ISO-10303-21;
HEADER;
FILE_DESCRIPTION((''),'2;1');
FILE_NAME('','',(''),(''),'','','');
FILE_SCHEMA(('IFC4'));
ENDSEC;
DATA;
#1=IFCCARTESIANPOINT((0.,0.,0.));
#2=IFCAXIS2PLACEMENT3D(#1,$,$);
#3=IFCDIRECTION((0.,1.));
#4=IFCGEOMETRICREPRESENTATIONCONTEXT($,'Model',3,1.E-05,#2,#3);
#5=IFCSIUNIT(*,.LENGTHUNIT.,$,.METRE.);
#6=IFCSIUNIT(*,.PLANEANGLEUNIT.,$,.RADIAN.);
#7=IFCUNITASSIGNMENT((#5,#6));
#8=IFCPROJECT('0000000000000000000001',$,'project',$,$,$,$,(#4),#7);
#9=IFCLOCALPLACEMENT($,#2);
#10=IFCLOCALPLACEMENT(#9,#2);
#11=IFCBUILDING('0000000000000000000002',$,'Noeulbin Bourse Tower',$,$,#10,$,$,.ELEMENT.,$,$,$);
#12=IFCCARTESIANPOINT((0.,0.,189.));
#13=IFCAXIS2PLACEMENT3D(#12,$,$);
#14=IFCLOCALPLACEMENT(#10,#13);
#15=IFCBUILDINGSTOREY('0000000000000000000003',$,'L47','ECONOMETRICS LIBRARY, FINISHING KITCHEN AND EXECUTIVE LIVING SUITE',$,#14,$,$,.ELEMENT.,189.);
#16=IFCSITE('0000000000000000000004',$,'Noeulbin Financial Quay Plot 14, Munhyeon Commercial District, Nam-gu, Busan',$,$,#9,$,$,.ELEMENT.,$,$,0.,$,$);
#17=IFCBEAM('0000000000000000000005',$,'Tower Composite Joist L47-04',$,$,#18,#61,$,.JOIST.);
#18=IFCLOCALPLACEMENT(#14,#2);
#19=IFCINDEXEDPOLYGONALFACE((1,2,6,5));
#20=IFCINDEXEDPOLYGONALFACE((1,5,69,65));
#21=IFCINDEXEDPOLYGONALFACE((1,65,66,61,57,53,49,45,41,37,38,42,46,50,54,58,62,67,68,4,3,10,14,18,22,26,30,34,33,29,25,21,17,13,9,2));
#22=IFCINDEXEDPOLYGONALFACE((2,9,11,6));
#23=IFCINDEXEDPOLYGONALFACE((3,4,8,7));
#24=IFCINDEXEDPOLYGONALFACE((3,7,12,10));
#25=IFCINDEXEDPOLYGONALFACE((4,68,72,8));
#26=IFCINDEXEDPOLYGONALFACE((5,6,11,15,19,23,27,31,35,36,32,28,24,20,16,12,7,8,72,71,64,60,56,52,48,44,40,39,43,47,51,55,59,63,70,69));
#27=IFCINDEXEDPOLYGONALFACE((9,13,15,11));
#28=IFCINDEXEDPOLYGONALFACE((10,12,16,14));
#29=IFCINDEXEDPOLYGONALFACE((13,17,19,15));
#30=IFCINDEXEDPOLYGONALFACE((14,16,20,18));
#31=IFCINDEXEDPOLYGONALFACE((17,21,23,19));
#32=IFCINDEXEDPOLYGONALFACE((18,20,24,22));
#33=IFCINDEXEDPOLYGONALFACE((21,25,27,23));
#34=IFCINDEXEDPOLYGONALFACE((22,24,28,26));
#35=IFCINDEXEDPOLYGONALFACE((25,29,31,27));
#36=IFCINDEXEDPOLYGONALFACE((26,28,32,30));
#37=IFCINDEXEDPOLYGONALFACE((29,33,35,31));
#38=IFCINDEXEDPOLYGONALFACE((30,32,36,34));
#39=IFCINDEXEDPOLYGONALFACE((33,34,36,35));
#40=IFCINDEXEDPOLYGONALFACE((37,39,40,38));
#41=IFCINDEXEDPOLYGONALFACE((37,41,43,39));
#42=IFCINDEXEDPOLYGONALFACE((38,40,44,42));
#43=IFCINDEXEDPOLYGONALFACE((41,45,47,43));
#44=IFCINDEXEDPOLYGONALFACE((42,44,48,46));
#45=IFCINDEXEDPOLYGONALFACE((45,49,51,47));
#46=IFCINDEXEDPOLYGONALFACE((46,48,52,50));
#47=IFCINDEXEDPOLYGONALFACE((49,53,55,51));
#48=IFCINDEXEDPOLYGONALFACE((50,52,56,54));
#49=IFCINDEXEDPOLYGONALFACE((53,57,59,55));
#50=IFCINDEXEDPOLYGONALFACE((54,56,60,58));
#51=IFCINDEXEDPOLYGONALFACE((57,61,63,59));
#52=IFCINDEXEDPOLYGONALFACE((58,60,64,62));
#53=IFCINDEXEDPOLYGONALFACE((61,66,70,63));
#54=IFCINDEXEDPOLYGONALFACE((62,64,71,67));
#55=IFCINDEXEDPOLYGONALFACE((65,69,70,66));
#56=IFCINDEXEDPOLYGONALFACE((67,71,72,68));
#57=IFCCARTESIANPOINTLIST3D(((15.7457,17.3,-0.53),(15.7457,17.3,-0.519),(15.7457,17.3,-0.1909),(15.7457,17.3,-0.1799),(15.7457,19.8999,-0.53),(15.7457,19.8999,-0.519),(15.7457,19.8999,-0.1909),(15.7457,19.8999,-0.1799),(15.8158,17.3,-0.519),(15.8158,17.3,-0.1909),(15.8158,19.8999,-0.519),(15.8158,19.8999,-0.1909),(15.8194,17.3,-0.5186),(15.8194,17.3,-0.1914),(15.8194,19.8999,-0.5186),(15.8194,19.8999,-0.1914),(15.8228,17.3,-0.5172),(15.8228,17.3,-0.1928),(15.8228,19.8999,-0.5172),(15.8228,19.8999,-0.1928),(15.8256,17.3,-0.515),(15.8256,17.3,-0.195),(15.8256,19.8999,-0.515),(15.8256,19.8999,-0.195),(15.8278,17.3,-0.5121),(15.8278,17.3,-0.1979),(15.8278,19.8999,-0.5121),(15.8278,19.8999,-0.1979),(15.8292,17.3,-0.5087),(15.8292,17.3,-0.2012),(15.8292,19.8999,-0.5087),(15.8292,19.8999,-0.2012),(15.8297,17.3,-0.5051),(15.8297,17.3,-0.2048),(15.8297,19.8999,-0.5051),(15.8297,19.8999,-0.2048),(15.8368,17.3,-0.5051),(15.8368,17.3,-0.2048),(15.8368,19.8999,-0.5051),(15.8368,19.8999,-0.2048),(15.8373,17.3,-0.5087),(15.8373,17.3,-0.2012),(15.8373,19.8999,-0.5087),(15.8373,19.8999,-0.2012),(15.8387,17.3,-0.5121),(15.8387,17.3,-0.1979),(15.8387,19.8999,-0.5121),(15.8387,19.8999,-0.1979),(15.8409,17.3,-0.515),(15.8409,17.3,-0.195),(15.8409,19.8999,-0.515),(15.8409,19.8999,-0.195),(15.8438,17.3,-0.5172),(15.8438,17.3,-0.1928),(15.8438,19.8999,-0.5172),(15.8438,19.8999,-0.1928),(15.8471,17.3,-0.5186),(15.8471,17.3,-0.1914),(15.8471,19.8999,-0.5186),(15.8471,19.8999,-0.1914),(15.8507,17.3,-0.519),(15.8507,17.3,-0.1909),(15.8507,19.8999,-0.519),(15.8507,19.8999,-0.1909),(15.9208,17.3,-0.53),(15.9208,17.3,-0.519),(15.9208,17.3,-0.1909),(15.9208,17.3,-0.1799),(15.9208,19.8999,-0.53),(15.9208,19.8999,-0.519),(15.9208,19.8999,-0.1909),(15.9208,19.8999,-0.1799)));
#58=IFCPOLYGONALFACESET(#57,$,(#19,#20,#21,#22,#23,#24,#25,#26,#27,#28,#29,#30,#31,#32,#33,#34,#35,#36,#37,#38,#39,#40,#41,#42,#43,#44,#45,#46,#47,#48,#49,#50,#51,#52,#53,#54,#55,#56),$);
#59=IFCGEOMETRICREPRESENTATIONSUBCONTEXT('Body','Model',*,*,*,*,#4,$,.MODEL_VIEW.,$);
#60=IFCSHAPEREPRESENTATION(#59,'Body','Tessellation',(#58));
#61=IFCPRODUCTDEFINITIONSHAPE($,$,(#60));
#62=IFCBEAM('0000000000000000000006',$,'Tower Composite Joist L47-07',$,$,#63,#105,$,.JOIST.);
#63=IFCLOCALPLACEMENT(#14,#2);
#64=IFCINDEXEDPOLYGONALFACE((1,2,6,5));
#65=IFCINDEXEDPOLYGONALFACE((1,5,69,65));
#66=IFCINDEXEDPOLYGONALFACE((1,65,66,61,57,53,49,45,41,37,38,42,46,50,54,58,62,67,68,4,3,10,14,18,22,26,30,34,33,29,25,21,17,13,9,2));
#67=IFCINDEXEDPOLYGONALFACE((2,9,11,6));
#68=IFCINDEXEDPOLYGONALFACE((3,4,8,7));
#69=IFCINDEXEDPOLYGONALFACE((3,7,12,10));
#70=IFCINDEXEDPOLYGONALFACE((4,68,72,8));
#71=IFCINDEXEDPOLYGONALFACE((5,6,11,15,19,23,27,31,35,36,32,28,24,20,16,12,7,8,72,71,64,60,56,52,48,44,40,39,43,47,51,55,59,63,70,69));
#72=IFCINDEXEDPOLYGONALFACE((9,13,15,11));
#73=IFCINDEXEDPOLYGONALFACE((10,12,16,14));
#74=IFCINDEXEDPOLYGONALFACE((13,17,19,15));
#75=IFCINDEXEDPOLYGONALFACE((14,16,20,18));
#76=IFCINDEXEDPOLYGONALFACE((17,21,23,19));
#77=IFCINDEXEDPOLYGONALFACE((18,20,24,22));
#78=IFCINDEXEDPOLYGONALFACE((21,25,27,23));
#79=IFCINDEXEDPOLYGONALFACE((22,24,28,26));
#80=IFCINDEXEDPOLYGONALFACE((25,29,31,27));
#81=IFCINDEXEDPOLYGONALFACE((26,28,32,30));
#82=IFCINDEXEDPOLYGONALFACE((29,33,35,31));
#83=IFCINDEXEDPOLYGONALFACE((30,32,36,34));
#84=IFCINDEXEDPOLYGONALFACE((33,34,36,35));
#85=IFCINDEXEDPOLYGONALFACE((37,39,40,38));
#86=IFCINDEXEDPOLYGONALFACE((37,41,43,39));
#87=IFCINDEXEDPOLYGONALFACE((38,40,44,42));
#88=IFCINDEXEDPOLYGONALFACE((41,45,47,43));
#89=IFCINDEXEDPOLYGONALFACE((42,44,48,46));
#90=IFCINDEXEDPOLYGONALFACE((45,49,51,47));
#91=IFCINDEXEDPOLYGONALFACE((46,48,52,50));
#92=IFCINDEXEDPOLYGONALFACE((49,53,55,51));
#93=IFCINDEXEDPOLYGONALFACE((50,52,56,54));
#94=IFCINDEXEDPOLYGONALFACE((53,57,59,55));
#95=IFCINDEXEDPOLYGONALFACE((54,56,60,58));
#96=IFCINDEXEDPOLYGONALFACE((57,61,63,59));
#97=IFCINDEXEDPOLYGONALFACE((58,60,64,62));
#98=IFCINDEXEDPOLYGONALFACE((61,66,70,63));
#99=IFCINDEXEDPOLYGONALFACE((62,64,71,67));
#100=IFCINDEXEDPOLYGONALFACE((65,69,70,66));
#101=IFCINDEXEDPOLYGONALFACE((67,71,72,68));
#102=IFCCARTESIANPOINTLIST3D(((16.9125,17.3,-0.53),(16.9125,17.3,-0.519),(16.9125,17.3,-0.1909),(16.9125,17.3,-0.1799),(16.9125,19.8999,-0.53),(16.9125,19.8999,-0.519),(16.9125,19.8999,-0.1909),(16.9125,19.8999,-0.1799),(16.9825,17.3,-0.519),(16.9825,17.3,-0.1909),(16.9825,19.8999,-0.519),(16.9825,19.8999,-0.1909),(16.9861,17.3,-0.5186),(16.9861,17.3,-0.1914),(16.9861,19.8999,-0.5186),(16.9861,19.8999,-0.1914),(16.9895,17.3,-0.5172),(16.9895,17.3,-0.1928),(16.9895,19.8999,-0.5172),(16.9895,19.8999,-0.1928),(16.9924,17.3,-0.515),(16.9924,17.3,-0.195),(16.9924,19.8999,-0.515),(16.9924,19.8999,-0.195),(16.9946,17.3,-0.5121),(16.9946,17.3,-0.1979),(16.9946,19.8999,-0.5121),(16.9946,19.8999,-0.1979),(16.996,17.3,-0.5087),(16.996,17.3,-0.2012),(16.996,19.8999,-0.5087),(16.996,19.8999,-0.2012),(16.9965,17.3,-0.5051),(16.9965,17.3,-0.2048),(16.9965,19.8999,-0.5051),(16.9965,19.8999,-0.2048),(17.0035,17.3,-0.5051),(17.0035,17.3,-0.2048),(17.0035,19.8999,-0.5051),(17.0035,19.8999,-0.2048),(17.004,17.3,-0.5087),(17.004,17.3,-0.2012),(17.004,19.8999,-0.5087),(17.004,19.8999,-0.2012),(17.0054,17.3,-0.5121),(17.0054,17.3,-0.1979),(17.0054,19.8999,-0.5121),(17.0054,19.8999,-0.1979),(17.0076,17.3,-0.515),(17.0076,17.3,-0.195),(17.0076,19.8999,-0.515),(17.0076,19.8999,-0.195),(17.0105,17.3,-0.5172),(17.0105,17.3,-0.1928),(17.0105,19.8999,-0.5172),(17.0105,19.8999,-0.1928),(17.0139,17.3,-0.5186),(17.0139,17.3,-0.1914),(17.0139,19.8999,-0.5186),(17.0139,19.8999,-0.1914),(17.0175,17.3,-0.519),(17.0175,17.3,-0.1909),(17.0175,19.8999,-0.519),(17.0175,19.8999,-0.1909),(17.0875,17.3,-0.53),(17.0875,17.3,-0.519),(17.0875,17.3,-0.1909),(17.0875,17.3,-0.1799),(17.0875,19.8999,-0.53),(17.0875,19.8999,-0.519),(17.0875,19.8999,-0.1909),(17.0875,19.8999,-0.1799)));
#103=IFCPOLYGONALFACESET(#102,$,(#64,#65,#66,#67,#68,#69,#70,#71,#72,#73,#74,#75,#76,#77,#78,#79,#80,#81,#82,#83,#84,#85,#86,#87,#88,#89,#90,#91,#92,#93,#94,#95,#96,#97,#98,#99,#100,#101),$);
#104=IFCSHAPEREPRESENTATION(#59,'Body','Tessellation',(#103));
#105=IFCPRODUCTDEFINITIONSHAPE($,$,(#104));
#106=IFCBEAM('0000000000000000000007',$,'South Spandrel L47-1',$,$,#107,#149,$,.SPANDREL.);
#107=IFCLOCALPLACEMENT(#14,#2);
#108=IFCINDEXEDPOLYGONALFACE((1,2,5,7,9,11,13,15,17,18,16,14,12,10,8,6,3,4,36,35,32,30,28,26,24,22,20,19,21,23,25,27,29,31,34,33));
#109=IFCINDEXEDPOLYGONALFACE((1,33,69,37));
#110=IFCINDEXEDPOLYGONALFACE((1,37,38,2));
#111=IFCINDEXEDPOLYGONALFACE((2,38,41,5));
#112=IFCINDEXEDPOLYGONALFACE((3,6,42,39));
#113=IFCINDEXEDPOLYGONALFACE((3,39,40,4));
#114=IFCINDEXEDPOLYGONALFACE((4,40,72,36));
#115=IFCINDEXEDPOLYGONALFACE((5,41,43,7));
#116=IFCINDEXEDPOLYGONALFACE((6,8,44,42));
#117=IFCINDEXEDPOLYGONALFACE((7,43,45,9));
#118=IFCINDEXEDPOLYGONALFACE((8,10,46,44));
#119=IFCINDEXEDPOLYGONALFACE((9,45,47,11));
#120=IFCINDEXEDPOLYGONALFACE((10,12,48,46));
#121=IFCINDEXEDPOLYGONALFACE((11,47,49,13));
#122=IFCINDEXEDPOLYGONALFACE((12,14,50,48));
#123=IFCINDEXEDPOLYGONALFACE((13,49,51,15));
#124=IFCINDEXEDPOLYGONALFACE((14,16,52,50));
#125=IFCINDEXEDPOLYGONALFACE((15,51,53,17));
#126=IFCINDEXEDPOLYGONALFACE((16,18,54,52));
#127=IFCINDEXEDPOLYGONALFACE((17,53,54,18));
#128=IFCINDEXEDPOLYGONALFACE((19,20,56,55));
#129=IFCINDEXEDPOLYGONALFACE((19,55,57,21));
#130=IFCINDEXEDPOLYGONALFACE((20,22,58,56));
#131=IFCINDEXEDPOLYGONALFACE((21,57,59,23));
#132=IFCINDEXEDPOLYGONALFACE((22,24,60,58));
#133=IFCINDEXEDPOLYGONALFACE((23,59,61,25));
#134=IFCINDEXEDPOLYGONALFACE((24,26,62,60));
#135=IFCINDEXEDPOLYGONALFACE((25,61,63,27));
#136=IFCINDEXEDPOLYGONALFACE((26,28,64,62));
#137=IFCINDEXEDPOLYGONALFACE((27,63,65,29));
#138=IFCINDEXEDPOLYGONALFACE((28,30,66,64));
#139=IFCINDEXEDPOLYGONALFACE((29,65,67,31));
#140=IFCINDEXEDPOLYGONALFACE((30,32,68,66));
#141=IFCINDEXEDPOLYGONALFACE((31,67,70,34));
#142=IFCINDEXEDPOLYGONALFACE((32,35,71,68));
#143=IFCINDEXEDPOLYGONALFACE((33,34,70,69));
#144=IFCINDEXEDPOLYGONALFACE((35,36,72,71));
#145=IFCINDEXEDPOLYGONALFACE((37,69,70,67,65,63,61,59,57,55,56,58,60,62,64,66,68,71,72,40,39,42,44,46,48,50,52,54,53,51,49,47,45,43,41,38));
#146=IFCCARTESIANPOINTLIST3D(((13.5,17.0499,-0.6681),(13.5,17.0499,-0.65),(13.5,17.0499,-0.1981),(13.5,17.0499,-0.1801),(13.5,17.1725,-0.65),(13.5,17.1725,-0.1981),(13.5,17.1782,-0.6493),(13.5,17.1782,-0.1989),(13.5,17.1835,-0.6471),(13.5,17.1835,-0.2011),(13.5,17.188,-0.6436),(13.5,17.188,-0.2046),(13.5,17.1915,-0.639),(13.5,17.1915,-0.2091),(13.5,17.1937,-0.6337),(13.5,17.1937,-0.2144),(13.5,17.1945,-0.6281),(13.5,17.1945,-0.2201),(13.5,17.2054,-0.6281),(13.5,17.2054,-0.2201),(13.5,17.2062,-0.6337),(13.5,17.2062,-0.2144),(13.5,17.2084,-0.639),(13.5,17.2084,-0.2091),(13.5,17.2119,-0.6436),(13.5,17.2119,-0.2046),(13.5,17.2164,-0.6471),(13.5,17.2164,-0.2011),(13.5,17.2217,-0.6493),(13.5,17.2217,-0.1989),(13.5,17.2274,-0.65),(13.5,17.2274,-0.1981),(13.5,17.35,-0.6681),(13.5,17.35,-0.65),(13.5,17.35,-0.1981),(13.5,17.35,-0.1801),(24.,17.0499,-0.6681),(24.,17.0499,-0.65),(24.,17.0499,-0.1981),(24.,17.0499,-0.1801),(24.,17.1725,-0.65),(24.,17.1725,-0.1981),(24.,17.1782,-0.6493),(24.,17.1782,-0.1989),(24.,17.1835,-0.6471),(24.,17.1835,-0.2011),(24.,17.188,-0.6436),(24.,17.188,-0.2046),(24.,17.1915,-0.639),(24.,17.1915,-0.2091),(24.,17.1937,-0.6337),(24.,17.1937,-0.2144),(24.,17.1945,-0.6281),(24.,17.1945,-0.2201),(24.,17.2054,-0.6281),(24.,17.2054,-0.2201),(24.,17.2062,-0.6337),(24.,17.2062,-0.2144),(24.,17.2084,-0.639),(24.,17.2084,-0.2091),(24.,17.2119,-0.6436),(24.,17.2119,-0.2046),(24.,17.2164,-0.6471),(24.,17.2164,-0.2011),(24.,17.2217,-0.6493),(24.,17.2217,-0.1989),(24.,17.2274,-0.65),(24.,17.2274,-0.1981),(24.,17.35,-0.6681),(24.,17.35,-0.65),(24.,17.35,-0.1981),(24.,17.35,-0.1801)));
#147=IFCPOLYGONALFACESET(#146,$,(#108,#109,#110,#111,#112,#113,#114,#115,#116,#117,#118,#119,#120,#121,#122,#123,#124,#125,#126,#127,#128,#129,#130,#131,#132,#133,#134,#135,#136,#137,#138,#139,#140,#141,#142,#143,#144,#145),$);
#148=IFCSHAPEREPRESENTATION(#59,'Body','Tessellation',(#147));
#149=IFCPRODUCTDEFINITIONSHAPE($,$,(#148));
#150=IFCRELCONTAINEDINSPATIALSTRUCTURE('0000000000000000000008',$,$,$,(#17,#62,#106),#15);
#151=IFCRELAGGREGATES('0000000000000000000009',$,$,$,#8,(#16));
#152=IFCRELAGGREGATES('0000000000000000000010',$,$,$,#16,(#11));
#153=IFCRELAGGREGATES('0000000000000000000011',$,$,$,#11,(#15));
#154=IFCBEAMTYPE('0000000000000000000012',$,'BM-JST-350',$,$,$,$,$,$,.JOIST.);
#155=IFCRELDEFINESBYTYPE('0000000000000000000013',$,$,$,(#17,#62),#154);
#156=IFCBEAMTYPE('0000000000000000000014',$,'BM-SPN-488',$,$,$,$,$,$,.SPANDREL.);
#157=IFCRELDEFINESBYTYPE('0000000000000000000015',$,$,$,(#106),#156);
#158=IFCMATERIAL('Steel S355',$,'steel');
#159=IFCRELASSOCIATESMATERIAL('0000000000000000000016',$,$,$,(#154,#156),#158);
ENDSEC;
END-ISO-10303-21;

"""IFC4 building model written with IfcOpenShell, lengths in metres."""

from ifc_helpers import new_model, si_unit, direction, frame, origin, origin_2d, place, context, subcontext, project, spatial, i_section, extrude, material, material_profile, profile_set, type_object, element, save


model = new_model("IFC4")

# Units and contexts
model_context = context("Model", 3, precision=1e-05, world=origin(), true_north=direction((0.0, 1.0)))
body_context = subcontext(model_context, "Body", "Model", "MODEL_VIEW")
ifc_project = project(units=[si_unit("LENGTHUNIT", "METRE"), si_unit("PLANEANGLEUNIT", "RADIAN")], contexts=[model_context])

# Site, building, storey
site_placement = place(None, origin())
site = spatial("IfcSite", under=ifc_project, at=site_placement, Name="Noeulbin Financial Quay Plot 14, Munhyeon Commercial District, Nam-gu, Busan", CompositionType="ELEMENT", RefElevation=0.0)
building_placement = place(site_placement, origin())
building = spatial("IfcBuilding", under=site, at=building_placement, Name="Noeulbin Bourse Tower", CompositionType="ELEMENT")
storey_placement = place(building_placement, frame((0.0, 0.0, 189.0)))
storey = spatial("IfcBuildingStorey", under=building, at=storey_placement, Name="L47", Description="ECONOMETRICS LIBRARY, FINISHING KITCHEN AND EXECUTIVE LIVING SUITE", CompositionType="ELEMENT", Elevation=189.0)

# Shared definitions
ifc_material_1 = material(Name="Steel S355", Category="steel")

# Beams
ifc_material_profile_1 = material_profile(ifc_material_1, i_section(OverallWidth=0.175, OverallDepth=0.3501, WebThickness=0.0071, FlangeThickness=0.011, FilletRadius=0.0139, at=origin_2d()), Name="H-350x175x7x11", Category="LoadBearing")
ifc_profile_set_1 = profile_set([ifc_material_profile_1], Name="Steel S355")
beam_type_1 = type_object("IfcBeamType", Name="BM-JST-350", PredefinedType="JOIST", material=ifc_profile_set_1)
for number, where, z_axis, x_axis, name in (
    (1, (15.8333, 17.3, -0.355), (0.0, 1.0, 0.0), (-1.0, 0.0, 0.0), "Tower Composite Joist L47-04"),
    (2, (17.0, 17.3, -0.355), (0.0, 1.0, 0.0), (-1.0, 0.0, 0.0), "Tower Composite Joist L47-07"),
):
    element("IfcBeam", number, at=place(storey_placement, frame(where, z_axis=z_axis, x_axis=x_axis)), inside=storey, type_object=beam_type_1, Name=name, PredefinedType="JOIST", context=body_context, shape_type="SweptSolid", body=[
        extrude(i_section(OverallWidth=0.175, OverallDepth=0.3501, WebThickness=0.0071, FlangeThickness=0.011, FilletRadius=0.0139, at=origin_2d()), origin(), (0.0, 0.0, 1.0), 2.5999),
    ])
ifc_material_profile_2 = material_profile(ifc_material_1, i_section(OverallWidth=0.3, OverallDepth=0.488, WebThickness=0.011, FlangeThickness=0.0181, FilletRadius=0.022, at=origin_2d()), Name="H-488x300x11x18", Category="LoadBearing")
ifc_profile_set_2 = profile_set([ifc_material_profile_2], Name="Steel S355")
beam_type_2 = type_object("IfcBeamType", Name="BM-SPN-488", PredefinedType="SPANDREL", material=ifc_profile_set_2)
beam_1_placement = place(storey_placement, frame((13.5, 17.2, -0.4241), z_axis=(1.0, 0.0, 0.0), x_axis=(0.0, 1.0, 0.0)))
element("IfcBeam", 3, at=beam_1_placement, inside=storey, type_object=beam_type_2, Name="South Spandrel L47-1", PredefinedType="SPANDREL", context=body_context, shape_type="SweptSolid", body=[
    extrude(i_section(OverallWidth=0.3, OverallDepth=0.488, WebThickness=0.011, FlangeThickness=0.0181, FilletRadius=0.022, at=origin_2d()), origin(), (0.0, 0.0, 1.0), 10.5),
])

save(model, "model.ifc")
